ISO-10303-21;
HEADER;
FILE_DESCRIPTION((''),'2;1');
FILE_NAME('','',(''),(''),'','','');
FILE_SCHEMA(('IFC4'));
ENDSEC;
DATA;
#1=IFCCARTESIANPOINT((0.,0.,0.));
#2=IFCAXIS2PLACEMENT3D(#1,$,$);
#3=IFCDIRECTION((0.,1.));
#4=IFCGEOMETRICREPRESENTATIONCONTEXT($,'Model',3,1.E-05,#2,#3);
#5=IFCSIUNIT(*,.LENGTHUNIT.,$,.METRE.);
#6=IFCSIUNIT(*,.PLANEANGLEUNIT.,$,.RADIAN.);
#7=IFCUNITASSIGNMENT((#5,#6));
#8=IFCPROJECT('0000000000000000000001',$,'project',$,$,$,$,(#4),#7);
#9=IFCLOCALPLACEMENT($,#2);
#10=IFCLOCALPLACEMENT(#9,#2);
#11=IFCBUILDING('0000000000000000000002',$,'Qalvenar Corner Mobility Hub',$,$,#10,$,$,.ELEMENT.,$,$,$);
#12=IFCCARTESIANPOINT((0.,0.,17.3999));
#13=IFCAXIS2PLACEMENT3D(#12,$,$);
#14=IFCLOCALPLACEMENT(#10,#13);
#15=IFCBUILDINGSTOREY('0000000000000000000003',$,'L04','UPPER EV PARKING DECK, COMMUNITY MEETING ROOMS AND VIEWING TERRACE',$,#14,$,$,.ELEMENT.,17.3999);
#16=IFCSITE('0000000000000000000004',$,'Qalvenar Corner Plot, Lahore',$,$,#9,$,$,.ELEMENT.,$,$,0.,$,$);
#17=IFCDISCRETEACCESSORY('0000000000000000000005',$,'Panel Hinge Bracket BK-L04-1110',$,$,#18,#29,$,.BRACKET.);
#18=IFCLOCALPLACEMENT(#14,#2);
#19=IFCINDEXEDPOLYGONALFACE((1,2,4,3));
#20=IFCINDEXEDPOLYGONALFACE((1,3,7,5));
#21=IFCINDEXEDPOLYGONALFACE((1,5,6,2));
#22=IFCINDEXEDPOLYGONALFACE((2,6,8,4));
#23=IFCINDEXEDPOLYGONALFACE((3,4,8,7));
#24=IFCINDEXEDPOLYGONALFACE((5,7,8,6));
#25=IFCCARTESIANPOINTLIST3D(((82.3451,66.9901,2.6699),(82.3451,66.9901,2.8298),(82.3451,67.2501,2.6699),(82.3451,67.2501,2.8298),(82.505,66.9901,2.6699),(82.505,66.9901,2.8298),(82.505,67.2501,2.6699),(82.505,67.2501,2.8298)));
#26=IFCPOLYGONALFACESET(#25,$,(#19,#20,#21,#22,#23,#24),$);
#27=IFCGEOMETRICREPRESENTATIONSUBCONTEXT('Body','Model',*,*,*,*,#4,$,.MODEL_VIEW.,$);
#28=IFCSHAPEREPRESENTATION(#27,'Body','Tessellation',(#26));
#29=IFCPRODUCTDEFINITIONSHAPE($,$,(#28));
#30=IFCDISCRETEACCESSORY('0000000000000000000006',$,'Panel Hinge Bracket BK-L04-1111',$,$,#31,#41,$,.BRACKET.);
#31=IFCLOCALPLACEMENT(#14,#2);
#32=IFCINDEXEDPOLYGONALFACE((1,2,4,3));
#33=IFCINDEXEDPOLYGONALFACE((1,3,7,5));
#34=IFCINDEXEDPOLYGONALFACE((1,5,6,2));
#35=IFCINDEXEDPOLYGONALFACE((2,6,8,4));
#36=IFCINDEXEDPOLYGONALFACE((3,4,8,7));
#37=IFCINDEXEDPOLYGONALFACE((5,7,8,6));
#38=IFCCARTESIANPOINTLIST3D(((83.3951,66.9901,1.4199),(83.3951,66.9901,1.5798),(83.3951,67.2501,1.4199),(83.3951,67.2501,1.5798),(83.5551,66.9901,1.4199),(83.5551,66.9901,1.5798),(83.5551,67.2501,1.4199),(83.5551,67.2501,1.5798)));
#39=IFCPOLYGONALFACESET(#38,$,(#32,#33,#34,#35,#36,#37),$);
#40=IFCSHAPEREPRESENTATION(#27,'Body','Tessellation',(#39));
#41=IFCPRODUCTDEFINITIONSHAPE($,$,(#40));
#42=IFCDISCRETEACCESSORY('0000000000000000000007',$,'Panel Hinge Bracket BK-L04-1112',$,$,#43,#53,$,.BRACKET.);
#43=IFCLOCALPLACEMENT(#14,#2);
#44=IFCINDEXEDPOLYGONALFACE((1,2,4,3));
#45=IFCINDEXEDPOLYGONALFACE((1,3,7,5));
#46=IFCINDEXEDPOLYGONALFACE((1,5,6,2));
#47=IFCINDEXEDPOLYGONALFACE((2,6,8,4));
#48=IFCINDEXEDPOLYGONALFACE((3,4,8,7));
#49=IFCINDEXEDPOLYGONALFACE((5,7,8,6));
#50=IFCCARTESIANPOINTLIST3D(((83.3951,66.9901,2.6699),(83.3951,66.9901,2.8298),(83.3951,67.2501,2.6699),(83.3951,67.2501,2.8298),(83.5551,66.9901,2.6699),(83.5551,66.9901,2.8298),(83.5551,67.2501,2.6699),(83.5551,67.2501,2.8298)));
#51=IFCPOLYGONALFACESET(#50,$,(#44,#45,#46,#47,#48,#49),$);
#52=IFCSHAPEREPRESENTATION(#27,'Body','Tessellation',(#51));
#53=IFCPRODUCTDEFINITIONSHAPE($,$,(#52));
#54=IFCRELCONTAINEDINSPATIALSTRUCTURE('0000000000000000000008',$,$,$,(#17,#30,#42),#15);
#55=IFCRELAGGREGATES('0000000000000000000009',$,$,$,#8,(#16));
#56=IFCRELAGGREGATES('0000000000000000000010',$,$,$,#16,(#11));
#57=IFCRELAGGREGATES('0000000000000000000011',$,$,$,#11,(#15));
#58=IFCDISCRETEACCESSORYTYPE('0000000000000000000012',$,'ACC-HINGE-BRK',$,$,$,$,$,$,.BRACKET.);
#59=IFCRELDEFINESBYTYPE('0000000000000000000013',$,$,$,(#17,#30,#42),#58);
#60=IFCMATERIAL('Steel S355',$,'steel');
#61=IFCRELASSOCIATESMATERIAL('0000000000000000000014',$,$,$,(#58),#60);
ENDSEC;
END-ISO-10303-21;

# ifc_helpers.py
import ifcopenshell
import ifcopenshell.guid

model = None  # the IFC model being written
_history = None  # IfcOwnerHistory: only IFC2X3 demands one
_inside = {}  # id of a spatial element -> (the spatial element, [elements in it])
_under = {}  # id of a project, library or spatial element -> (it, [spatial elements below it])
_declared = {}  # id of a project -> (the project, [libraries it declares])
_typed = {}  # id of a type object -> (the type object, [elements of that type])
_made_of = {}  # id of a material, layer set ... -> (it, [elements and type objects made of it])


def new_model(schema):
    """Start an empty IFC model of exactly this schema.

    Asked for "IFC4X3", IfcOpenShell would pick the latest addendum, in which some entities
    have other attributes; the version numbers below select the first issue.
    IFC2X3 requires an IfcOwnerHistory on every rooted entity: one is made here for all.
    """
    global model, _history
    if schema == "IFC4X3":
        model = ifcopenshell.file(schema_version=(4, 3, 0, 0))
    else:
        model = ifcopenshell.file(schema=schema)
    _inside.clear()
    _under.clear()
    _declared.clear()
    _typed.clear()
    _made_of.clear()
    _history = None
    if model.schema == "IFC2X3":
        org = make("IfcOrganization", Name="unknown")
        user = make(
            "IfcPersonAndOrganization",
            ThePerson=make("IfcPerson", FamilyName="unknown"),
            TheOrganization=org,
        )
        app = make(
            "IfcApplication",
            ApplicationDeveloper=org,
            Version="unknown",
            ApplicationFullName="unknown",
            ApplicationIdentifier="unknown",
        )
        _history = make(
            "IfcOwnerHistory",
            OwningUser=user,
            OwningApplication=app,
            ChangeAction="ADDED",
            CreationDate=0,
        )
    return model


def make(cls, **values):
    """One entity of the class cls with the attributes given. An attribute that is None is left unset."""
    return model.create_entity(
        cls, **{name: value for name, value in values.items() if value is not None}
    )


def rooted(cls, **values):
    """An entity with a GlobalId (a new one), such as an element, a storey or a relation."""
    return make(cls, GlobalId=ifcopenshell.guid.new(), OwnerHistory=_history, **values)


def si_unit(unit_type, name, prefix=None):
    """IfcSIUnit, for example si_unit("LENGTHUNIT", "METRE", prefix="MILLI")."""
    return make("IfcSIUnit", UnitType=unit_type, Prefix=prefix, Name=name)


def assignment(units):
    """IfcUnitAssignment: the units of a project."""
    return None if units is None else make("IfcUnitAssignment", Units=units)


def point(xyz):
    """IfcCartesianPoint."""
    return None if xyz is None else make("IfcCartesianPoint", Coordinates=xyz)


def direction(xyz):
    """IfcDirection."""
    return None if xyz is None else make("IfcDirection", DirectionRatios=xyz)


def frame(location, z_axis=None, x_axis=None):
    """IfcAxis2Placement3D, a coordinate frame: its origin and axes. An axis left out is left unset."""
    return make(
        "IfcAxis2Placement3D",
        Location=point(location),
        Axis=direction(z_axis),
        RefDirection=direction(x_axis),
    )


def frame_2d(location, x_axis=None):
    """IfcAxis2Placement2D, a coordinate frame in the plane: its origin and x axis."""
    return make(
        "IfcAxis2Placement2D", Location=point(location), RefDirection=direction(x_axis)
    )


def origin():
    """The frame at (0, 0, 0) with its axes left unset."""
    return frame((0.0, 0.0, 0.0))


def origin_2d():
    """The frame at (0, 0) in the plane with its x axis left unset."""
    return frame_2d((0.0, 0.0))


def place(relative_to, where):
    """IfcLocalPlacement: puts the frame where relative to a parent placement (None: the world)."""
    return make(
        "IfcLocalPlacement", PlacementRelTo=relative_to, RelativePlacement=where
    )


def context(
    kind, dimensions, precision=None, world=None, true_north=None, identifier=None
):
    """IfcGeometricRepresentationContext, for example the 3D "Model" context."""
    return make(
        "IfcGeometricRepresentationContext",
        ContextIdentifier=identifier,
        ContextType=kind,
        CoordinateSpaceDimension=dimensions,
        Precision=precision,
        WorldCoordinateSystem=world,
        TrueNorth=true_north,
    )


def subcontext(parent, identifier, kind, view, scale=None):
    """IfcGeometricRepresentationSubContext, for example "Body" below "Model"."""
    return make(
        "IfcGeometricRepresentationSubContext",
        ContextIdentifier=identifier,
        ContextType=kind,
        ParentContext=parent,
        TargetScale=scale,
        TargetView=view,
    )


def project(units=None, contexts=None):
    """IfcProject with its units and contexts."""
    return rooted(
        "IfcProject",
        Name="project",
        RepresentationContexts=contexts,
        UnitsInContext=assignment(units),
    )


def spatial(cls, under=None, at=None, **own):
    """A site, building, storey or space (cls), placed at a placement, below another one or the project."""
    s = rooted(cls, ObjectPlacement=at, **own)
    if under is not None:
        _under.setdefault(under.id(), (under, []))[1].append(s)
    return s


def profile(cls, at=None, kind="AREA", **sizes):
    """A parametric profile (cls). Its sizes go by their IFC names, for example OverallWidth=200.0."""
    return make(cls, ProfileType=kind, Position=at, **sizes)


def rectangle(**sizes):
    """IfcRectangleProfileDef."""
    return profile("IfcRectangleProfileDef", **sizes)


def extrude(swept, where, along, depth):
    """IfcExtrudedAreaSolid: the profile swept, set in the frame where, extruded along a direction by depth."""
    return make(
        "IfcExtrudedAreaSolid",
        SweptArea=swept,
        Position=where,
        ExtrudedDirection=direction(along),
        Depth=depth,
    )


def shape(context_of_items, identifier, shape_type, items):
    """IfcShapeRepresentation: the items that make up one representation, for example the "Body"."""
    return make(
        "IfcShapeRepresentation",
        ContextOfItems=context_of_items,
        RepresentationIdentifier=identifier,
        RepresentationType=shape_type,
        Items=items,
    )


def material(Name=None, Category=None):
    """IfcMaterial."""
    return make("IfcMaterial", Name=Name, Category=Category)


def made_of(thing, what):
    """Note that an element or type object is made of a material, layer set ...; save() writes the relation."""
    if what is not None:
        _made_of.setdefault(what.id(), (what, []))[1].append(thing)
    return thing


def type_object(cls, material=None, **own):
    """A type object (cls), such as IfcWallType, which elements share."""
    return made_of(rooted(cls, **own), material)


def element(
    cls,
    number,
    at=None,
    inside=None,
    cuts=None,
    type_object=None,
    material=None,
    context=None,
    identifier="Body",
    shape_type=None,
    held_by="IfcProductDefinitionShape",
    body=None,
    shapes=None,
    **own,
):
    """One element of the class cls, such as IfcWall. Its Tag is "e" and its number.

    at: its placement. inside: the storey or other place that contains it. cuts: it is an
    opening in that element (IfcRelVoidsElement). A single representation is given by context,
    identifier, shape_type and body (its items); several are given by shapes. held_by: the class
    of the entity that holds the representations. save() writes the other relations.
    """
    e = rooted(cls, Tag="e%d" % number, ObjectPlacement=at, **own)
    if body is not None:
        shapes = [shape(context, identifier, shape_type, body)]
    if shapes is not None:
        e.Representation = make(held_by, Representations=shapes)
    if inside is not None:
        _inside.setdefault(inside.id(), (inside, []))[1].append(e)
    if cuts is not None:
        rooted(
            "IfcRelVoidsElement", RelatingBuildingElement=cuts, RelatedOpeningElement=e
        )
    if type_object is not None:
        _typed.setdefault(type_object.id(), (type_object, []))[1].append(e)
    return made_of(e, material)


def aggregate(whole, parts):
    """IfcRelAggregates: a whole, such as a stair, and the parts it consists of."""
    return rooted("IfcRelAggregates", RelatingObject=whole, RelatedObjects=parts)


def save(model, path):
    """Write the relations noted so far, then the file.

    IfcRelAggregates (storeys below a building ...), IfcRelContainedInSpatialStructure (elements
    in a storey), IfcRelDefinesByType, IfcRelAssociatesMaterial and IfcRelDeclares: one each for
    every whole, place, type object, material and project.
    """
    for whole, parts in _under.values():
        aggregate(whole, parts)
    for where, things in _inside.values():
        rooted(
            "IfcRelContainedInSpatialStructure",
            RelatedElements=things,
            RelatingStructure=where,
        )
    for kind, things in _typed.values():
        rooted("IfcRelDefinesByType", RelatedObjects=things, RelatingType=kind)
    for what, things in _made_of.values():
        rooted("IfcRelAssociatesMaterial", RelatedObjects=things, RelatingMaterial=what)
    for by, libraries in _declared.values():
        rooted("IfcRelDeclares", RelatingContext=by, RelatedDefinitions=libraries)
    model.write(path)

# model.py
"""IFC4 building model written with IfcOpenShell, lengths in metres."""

from ifc_helpers import new_model, si_unit, direction, frame, origin, origin_2d, place, context, subcontext, project, spatial, rectangle, extrude, material, type_object, element, save


model = new_model("IFC4")

# Units and contexts
model_context = context("Model", 3, precision=1e-05, world=origin(), true_north=direction((0.0, 1.0)))
body_context = subcontext(model_context, "Body", "Model", "MODEL_VIEW")
ifc_project = project(units=[si_unit("LENGTHUNIT", "METRE"), si_unit("PLANEANGLEUNIT", "RADIAN")], contexts=[model_context])

# Site, building, storey
site_placement = place(None, origin())
site = spatial("IfcSite", under=ifc_project, at=site_placement, Name="Qalvenar Corner Plot, Lahore", CompositionType="ELEMENT", RefElevation=0.0)
building_placement = place(site_placement, origin())
building = spatial("IfcBuilding", under=site, at=building_placement, Name="Qalvenar Corner Mobility Hub", CompositionType="ELEMENT")
storey_placement = place(building_placement, frame((0.0, 0.0, 17.3999)))
storey = spatial("IfcBuildingStorey", under=building, at=storey_placement, Name="L04", Description="UPPER EV PARKING DECK, COMMUNITY MEETING ROOMS AND VIEWING TERRACE", CompositionType="ELEMENT", Elevation=17.3999)

# Shared definitions
ifc_material = material(Name="Steel S355", Category="steel")

# Discrete accessories
discrete_accessory_type = type_object("IfcDiscreteAccessoryType", Name="ACC-HINGE-BRK", PredefinedType="BRACKET", material=ifc_material)
for number, where, z_axis, x_axis, name in (
    (1, (82.425, 67.1201, 2.6699), (0.0, 0.0, 1.0), (1.0, 0.0, 0.0), "Panel Hinge Bracket BK-L04-1110"),
    (2, (83.4751, 67.1201, 1.4199), (0.0, 0.0, 1.0), (1.0, 0.0, 0.0), "Panel Hinge Bracket BK-L04-1111"),
    (3, (83.4751, 67.1201, 2.6699), (0.0, 0.0, 1.0), (1.0, 0.0, 0.0), "Panel Hinge Bracket BK-L04-1112"),
):
    element("IfcDiscreteAccessory", number, at=place(storey_placement, frame(where, z_axis=z_axis, x_axis=x_axis)), inside=storey, type_object=discrete_accessory_type, Name=name, PredefinedType="BRACKET", context=body_context, shape_type="SweptSolid", body=[
        extrude(rectangle(XDim=0.1599, YDim=0.26, at=origin_2d()), origin(), (0.0, 0.0, 1.0), 0.1599),
    ])

save(model, "model.ifc")
